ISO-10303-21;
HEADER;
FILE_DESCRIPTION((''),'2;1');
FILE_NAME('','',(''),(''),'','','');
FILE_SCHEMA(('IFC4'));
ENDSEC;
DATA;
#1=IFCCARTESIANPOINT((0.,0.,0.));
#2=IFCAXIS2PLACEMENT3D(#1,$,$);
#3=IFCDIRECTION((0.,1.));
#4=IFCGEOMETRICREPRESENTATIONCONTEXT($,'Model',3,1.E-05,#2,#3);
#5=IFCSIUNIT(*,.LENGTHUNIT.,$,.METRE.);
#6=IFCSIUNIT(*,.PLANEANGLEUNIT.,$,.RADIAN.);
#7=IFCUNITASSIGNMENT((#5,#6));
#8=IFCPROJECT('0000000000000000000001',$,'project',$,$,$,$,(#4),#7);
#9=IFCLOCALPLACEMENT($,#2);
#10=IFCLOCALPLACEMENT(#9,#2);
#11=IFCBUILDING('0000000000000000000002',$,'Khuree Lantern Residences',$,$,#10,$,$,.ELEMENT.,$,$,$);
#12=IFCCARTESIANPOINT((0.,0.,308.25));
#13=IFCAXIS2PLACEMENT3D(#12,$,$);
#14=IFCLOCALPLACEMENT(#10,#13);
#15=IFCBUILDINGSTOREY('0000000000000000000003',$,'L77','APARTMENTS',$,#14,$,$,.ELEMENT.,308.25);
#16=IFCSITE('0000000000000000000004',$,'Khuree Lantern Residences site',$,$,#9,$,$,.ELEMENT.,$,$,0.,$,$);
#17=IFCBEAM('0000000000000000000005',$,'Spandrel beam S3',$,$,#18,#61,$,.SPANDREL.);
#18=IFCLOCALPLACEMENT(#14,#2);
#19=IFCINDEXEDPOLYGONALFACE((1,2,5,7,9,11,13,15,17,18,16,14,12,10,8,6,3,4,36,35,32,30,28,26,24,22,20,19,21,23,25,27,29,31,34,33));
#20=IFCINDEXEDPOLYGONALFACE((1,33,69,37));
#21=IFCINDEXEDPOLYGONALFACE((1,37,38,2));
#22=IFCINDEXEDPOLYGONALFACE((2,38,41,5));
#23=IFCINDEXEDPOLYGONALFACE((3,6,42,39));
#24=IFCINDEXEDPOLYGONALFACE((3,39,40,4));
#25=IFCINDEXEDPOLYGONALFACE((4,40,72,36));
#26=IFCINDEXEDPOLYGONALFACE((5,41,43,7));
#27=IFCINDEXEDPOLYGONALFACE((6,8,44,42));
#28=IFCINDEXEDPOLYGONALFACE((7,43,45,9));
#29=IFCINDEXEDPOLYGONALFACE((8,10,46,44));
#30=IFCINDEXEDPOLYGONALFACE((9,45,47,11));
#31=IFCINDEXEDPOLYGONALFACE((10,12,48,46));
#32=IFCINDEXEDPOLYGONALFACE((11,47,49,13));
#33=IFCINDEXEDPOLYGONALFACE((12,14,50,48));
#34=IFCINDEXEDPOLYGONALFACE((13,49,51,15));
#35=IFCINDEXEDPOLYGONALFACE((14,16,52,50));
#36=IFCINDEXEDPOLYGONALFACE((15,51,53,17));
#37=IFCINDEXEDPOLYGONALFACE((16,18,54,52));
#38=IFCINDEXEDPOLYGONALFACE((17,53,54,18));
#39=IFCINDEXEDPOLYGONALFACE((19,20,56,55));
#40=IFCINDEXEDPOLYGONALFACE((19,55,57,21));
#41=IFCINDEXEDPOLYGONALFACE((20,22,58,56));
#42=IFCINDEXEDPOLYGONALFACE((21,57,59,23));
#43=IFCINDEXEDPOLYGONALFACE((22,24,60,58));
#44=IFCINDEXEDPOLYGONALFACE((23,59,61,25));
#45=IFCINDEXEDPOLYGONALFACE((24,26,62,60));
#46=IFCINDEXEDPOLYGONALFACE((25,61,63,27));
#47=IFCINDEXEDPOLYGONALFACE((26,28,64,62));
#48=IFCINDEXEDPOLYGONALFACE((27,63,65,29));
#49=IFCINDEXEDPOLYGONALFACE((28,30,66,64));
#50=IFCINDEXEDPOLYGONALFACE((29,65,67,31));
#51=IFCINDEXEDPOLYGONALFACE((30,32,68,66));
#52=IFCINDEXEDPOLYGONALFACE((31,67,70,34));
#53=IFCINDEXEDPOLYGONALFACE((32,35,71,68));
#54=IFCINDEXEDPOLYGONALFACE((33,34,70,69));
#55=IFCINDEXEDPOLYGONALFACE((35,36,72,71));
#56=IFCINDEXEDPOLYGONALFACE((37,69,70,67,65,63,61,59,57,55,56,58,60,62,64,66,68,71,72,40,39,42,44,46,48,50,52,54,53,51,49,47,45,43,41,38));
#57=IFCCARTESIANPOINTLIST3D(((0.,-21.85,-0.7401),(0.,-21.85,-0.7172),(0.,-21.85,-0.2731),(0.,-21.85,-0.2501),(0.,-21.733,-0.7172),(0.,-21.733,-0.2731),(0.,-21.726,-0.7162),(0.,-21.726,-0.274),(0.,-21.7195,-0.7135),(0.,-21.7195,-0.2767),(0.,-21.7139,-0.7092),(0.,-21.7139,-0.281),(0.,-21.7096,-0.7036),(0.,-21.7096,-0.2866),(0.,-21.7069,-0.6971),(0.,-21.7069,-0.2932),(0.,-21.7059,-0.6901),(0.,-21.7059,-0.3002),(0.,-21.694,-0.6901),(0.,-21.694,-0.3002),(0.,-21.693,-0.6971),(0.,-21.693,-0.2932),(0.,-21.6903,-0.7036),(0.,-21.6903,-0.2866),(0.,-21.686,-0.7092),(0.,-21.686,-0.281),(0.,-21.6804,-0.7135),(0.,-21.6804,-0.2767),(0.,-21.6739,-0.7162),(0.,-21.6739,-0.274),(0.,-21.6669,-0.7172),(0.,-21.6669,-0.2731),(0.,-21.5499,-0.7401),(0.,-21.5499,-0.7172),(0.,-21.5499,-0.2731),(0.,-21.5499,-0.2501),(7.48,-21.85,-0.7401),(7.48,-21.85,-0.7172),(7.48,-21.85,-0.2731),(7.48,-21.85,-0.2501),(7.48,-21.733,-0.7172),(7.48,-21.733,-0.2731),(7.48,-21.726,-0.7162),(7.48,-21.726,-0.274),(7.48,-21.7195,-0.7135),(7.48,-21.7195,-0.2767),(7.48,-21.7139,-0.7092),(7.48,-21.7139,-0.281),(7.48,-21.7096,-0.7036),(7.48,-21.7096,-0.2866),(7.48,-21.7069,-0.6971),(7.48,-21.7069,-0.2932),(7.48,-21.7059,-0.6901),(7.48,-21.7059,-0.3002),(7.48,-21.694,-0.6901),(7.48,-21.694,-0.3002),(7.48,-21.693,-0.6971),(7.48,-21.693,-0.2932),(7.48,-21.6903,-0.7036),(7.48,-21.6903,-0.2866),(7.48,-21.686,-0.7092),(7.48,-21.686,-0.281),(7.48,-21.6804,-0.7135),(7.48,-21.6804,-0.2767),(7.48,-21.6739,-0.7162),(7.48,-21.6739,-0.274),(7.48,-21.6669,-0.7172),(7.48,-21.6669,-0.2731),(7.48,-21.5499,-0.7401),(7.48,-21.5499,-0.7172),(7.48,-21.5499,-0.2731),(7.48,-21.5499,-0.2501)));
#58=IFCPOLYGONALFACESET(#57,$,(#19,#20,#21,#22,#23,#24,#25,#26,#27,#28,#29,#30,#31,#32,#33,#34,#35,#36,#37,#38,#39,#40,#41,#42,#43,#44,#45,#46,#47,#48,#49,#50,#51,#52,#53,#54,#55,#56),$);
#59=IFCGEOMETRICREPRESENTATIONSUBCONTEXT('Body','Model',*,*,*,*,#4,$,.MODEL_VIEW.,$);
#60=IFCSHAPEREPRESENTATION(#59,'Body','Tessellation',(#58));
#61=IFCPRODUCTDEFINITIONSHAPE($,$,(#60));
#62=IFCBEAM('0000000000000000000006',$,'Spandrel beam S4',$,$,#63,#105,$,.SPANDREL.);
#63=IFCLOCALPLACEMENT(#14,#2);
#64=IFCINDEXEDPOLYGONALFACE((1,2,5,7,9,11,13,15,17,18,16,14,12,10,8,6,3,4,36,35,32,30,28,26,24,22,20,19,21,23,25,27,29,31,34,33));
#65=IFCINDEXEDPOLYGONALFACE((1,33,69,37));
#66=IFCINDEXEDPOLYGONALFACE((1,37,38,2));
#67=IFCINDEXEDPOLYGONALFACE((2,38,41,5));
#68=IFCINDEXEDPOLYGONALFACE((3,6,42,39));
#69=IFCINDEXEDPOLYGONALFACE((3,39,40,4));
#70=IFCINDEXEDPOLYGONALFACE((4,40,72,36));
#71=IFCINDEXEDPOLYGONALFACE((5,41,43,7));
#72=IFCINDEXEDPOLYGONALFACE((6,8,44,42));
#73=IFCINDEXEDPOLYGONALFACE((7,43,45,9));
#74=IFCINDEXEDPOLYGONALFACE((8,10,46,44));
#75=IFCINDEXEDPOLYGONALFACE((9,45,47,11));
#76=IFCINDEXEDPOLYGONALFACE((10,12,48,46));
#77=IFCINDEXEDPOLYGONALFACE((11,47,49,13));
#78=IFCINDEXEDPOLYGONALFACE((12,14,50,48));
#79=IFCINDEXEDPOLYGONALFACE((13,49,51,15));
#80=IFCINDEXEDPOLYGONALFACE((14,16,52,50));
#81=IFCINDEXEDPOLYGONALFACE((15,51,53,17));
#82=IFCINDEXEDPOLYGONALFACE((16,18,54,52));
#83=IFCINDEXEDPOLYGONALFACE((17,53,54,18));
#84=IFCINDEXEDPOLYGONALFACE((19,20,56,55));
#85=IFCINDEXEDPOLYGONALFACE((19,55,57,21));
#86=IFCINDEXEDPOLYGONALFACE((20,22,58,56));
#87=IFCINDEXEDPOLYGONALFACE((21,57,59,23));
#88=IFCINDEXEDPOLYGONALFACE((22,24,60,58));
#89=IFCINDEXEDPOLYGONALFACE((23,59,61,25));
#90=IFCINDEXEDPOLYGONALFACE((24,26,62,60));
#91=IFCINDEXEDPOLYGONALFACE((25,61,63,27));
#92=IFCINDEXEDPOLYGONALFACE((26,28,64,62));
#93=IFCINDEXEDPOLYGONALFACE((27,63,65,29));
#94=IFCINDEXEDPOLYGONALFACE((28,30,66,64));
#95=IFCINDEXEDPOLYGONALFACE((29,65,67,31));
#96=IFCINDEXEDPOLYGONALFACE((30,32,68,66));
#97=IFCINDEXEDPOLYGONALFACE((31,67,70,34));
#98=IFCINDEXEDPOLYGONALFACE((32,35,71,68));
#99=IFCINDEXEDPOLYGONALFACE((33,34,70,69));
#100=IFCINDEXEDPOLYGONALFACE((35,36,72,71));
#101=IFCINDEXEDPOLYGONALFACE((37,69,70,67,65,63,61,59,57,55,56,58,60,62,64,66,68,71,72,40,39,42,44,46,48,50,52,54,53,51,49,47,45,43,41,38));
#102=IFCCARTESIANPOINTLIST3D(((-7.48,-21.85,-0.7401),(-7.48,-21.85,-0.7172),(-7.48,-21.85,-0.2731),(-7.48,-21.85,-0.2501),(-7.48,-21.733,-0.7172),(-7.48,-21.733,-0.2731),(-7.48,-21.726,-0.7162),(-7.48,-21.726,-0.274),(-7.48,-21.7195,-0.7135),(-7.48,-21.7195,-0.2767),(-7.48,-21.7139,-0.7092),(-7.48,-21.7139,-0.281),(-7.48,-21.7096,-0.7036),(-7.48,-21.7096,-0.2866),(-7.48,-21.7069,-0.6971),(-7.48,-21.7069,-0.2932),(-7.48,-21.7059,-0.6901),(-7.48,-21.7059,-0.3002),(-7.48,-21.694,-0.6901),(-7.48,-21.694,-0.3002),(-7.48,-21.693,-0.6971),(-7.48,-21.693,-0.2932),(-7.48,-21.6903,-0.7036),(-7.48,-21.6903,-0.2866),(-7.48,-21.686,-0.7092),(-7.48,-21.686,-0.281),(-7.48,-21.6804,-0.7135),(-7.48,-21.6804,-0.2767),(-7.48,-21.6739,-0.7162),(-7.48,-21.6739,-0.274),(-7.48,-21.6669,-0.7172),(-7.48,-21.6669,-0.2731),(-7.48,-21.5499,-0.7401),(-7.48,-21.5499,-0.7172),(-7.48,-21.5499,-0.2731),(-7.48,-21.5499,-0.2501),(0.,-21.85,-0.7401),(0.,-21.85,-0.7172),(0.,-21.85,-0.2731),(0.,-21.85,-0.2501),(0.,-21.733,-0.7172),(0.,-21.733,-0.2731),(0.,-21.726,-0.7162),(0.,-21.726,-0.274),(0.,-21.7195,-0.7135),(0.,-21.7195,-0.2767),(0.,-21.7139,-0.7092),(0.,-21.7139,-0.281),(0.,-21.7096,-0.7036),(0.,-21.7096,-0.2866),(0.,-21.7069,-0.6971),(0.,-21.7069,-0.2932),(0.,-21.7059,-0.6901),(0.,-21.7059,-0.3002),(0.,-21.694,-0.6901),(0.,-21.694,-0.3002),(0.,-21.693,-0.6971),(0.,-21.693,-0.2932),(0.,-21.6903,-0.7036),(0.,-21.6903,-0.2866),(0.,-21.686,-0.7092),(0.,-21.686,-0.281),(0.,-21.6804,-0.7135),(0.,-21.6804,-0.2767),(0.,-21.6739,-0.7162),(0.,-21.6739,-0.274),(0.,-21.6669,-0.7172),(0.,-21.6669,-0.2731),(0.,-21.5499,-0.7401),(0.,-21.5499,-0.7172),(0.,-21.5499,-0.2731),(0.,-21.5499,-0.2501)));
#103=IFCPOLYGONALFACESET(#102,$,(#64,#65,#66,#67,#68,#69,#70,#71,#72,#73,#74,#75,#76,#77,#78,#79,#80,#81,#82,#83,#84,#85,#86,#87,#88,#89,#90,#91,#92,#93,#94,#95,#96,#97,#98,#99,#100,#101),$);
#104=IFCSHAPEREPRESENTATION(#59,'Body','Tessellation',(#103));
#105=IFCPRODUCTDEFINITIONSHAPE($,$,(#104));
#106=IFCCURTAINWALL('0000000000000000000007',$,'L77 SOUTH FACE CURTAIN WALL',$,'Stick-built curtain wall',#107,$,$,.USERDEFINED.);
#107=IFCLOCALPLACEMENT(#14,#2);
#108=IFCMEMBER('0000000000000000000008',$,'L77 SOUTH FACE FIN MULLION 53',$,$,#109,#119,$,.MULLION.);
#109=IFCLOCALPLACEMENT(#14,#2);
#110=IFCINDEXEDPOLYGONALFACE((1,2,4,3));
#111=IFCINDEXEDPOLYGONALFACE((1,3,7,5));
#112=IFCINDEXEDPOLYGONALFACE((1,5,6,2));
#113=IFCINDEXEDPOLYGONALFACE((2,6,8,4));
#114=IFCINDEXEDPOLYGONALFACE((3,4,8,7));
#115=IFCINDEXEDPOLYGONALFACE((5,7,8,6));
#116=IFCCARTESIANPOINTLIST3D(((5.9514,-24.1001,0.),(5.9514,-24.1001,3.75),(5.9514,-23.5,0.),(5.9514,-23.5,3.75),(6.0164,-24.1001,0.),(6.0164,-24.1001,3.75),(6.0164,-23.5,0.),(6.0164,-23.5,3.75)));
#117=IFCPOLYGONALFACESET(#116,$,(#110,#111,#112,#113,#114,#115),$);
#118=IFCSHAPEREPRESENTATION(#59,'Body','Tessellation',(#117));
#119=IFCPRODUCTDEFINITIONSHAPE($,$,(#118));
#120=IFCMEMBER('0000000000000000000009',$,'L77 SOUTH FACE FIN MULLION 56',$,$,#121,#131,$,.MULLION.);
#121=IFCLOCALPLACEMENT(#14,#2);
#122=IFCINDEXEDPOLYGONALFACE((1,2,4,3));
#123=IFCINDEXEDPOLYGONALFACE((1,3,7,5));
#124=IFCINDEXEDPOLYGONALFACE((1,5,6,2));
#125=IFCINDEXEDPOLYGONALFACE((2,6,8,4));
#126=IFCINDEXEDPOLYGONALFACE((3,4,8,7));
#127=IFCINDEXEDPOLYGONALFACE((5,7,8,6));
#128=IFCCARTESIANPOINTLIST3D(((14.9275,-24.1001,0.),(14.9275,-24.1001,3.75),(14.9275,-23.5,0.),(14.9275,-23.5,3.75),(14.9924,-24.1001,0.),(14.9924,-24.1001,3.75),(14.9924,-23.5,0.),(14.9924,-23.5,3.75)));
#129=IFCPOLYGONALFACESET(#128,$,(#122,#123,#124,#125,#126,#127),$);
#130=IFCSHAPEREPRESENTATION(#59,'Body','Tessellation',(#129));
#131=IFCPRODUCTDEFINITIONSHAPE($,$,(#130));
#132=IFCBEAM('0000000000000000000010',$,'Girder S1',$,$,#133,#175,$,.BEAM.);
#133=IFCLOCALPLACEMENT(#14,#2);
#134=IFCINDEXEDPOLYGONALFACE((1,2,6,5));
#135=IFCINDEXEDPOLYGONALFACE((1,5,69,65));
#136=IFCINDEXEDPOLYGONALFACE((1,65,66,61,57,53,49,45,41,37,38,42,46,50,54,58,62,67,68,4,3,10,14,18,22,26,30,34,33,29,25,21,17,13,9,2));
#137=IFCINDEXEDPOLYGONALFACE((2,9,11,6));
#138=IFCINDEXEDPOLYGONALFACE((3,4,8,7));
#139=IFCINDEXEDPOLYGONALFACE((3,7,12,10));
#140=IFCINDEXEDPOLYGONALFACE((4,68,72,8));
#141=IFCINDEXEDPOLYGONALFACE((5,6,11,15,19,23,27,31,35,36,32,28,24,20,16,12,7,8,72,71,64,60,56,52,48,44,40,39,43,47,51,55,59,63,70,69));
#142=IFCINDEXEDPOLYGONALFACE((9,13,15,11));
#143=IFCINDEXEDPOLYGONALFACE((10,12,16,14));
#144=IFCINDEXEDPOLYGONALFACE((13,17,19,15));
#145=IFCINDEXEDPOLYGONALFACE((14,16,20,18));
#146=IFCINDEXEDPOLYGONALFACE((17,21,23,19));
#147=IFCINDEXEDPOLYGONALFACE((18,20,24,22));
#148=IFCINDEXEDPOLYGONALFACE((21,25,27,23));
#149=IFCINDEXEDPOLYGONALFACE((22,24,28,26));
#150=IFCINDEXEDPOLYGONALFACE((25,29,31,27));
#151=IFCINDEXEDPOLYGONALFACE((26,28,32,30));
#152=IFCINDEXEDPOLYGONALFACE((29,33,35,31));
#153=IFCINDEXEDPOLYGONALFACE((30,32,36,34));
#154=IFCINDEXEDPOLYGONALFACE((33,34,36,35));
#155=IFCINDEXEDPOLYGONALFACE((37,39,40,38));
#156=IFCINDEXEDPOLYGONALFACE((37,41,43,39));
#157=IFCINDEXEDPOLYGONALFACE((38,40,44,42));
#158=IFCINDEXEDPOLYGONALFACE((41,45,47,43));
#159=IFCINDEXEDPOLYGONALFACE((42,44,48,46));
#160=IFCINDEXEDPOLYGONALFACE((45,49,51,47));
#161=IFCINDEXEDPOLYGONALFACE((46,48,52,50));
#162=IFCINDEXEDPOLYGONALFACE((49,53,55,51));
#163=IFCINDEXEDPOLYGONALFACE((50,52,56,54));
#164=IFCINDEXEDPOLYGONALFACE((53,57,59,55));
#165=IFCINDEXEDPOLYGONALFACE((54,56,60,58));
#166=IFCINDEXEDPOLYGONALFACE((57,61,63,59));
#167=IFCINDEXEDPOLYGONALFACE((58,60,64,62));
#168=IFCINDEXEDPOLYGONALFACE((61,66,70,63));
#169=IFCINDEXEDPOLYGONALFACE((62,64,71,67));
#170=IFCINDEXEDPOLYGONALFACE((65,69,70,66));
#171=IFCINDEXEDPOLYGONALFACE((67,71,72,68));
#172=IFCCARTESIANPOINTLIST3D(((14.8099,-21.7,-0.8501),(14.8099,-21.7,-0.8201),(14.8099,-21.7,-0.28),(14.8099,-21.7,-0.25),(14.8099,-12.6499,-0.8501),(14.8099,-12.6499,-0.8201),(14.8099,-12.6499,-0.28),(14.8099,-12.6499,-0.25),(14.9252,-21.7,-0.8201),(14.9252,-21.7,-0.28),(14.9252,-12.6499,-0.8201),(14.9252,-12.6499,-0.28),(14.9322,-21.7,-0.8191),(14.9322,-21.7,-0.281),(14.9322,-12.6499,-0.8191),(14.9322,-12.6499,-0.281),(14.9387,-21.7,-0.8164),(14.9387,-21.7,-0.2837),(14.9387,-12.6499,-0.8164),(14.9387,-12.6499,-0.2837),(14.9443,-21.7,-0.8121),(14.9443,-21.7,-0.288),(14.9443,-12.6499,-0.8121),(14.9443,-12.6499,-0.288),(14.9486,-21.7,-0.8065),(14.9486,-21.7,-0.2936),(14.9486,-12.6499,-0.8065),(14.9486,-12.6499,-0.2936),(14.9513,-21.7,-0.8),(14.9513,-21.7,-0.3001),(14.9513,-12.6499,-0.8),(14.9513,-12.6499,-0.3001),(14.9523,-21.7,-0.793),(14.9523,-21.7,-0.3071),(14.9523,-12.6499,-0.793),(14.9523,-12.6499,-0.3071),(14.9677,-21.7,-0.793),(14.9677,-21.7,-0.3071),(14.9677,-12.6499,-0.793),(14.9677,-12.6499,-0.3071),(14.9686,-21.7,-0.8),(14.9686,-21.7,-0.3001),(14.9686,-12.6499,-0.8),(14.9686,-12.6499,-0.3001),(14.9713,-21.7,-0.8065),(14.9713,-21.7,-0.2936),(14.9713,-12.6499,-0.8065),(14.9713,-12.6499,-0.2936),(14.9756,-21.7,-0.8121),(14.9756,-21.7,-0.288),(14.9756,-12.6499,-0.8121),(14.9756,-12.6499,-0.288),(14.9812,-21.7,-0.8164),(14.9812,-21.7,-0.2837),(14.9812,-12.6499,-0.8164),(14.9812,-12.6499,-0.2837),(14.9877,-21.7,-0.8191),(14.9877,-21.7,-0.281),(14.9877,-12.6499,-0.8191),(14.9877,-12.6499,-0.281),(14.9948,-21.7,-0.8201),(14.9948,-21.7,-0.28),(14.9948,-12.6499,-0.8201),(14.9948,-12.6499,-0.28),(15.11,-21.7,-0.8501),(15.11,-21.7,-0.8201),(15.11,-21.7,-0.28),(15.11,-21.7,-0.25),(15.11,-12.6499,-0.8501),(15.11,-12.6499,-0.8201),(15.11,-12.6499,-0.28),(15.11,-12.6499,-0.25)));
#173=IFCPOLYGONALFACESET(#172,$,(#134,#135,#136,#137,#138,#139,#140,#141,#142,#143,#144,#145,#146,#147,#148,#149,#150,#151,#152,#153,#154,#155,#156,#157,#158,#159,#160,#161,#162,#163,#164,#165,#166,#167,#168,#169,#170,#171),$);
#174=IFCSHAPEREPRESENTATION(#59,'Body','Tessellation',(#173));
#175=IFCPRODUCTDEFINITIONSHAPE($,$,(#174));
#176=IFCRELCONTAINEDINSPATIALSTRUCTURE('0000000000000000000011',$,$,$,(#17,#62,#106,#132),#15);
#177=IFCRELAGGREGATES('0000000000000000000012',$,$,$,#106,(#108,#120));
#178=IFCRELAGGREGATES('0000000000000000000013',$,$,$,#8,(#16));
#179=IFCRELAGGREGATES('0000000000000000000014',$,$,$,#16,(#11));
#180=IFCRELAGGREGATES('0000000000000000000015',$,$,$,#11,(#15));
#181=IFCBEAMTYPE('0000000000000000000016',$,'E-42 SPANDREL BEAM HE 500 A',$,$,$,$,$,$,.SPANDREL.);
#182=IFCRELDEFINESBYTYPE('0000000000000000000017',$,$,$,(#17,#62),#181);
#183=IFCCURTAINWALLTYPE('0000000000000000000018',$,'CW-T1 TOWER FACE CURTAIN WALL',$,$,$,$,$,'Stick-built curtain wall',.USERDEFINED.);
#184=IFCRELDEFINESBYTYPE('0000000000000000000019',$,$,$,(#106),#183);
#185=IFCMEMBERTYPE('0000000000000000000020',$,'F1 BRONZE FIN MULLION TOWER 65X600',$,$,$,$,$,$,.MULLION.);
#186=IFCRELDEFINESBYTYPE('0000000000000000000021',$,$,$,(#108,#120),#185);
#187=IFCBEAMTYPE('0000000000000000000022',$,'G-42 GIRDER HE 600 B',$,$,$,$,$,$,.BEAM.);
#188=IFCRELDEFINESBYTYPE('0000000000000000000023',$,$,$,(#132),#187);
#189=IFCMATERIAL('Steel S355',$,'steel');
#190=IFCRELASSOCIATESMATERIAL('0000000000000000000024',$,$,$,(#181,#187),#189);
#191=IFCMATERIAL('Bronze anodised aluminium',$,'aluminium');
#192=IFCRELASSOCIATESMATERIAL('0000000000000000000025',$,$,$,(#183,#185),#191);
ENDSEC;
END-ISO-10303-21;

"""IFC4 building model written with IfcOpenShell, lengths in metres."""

from ifc_helpers import new_model, si_unit, direction, frame, origin, origin_2d, place, context, subcontext, project, spatial, rectangle, i_section, extrude, material, material_profile, profile_set, type_object, element, aggregate, save


model = new_model("IFC4")

# Units and contexts
model_context = context("Model", 3, precision=1e-05, world=origin(), true_north=direction((0.0, 1.0)))
body_context = subcontext(model_context, "Body", "Model", "MODEL_VIEW")
ifc_project = project(units=[si_unit("LENGTHUNIT", "METRE"), si_unit("PLANEANGLEUNIT", "RADIAN")], contexts=[model_context])

# Site, building, storey
site_placement = place(None, origin())
site = spatial("IfcSite", under=ifc_project, at=site_placement, Name="Khuree Lantern Residences site", CompositionType="ELEMENT", RefElevation=0.0)
building_placement = place(site_placement, origin())
building = spatial("IfcBuilding", under=site, at=building_placement, Name="Khuree Lantern Residences", CompositionType="ELEMENT")
storey_placement = place(building_placement, frame((0.0, 0.0, 308.25)))
storey = spatial("IfcBuildingStorey", under=building, at=storey_placement, Name="L77", Description="APARTMENTS", CompositionType="ELEMENT", Elevation=308.25)

# Beams
ifc_material_1 = material(Name="Steel S355", Category="steel")
ifc_material_profile_1 = material_profile(ifc_material_1, i_section(OverallWidth=0.3, OverallDepth=0.49, WebThickness=0.012, FlangeThickness=0.0229, FilletRadius=0.0271, at=origin_2d()), Name="HE 500 A")
ifc_profile_set_1 = profile_set([ifc_material_profile_1], Name="Steel S355")
beam_type_1 = type_object("IfcBeamType", Name="E-42 SPANDREL BEAM HE 500 A", PredefinedType="SPANDREL", material=ifc_profile_set_1)
for number, where, z_axis, x_axis, name in (
    (1, (7.48, -21.7, -0.4951), (-1.0, 0.0, 0.0), (0.0, -1.0, 0.0), "Spandrel beam S3"),
    (2, (0.0, -21.7, -0.4951), (-1.0, 0.0, 0.0), (0.0, -1.0, 0.0), "Spandrel beam S4"),
):
    element("IfcBeam", number, at=place(storey_placement, frame(where, z_axis=z_axis, x_axis=x_axis)), inside=storey, type_object=beam_type_1, Name=name, PredefinedType="SPANDREL", context=body_context, shape_type="SweptSolid", body=[
        extrude(i_section(OverallWidth=0.3, OverallDepth=0.49, WebThickness=0.012, FlangeThickness=0.0229, FilletRadius=0.0271, at=origin_2d()), origin(), (0.0, 0.0, 1.0), 7.48),
    ])

# Curtain wall, members
ifc_material_2 = material(Name="Bronze anodised aluminium", Category="aluminium")
curtain_wall_type = type_object("IfcCurtainWallType", Name="CW-T1 TOWER FACE CURTAIN WALL", ElementType="Stick-built curtain wall", PredefinedType="USERDEFINED", material=ifc_material_2)
curtain_wall_placement = place(storey_placement, origin())
curtain_wall = element("IfcCurtainWall", 3, at=curtain_wall_placement, inside=storey, type_object=curtain_wall_type, Name="L77 SOUTH FACE CURTAIN WALL", ObjectType="Stick-built curtain wall", PredefinedType="USERDEFINED")
ifc_material_profile_2 = material_profile(ifc_material_2, rectangle(XDim=0.0649, YDim=0.6001, at=origin_2d()), Name="F1 65X600")
ifc_profile_set_2 = profile_set([ifc_material_profile_2], Name="Bronze anodised aluminium")
member_type_1 = type_object("IfcMemberType", Name="F1 BRONZE FIN MULLION TOWER 65X600", PredefinedType="MULLION", material=ifc_profile_set_2)
member_1_placement = place(storey_placement, frame((5.9839, -23.8, 0.0), z_axis=(0.0, 0.0, 1.0), x_axis=(1.0, 0.0, 0.0)))
member_1 = element("IfcMember", 4, at=member_1_placement, type_object=member_type_1, Name="L77 SOUTH FACE FIN MULLION 53", PredefinedType="MULLION", context=body_context, shape_type="SweptSolid", body=[
    extrude(rectangle(XDim=0.0649, YDim=0.6001, at=origin_2d()), origin(), (0.0, 0.0, 1.0), 3.75),
])
member_2_placement = place(storey_placement, frame((14.96, -23.8, 0.0), z_axis=(0.0, 0.0, 1.0), x_axis=(1.0, 0.0, 0.0)))
member_2 = element("IfcMember", 5, at=member_2_placement, type_object=member_type_1, Name="L77 SOUTH FACE FIN MULLION 56", PredefinedType="MULLION", context=body_context, shape_type="SweptSolid", body=[
    extrude(rectangle(XDim=0.0649, YDim=0.6001, at=origin_2d()), origin(), (0.0, 0.0, 1.0), 3.75),
])

# Beam
ifc_material_profile_3 = material_profile(ifc_material_1, i_section(OverallWidth=0.3, OverallDepth=0.6001, WebThickness=0.0154, FlangeThickness=0.03, FilletRadius=0.0271, at=origin_2d()), Name="HE 600 B")
ifc_profile_set_3 = profile_set([ifc_material_profile_3], Name="Steel S355")
beam_type_2 = type_object("IfcBeamType", Name="G-42 GIRDER HE 600 B", PredefinedType="BEAM", material=ifc_profile_set_3)
for number, where, z_axis, x_axis, name in (
    (6, (14.96, -21.7, -0.55), (0.0, 1.0, 0.0), (-1.0, 0.0, 0.0), "Girder S1"),
):
    element("IfcBeam", number, at=place(storey_placement, frame(where, z_axis=z_axis, x_axis=x_axis)), inside=storey, type_object=beam_type_2, Name=name, PredefinedType="BEAM", context=body_context, shape_type="SweptSolid", body=[
        extrude(i_section(OverallWidth=0.3, OverallDepth=0.6001, WebThickness=0.0154, FlangeThickness=0.03, FilletRadius=0.0271, at=origin_2d()), origin(), (0.0, 0.0, 1.0), 9.05),
    ])

aggregate(curtain_wall, [member_1, member_2])

save(model, "model.ifc")
